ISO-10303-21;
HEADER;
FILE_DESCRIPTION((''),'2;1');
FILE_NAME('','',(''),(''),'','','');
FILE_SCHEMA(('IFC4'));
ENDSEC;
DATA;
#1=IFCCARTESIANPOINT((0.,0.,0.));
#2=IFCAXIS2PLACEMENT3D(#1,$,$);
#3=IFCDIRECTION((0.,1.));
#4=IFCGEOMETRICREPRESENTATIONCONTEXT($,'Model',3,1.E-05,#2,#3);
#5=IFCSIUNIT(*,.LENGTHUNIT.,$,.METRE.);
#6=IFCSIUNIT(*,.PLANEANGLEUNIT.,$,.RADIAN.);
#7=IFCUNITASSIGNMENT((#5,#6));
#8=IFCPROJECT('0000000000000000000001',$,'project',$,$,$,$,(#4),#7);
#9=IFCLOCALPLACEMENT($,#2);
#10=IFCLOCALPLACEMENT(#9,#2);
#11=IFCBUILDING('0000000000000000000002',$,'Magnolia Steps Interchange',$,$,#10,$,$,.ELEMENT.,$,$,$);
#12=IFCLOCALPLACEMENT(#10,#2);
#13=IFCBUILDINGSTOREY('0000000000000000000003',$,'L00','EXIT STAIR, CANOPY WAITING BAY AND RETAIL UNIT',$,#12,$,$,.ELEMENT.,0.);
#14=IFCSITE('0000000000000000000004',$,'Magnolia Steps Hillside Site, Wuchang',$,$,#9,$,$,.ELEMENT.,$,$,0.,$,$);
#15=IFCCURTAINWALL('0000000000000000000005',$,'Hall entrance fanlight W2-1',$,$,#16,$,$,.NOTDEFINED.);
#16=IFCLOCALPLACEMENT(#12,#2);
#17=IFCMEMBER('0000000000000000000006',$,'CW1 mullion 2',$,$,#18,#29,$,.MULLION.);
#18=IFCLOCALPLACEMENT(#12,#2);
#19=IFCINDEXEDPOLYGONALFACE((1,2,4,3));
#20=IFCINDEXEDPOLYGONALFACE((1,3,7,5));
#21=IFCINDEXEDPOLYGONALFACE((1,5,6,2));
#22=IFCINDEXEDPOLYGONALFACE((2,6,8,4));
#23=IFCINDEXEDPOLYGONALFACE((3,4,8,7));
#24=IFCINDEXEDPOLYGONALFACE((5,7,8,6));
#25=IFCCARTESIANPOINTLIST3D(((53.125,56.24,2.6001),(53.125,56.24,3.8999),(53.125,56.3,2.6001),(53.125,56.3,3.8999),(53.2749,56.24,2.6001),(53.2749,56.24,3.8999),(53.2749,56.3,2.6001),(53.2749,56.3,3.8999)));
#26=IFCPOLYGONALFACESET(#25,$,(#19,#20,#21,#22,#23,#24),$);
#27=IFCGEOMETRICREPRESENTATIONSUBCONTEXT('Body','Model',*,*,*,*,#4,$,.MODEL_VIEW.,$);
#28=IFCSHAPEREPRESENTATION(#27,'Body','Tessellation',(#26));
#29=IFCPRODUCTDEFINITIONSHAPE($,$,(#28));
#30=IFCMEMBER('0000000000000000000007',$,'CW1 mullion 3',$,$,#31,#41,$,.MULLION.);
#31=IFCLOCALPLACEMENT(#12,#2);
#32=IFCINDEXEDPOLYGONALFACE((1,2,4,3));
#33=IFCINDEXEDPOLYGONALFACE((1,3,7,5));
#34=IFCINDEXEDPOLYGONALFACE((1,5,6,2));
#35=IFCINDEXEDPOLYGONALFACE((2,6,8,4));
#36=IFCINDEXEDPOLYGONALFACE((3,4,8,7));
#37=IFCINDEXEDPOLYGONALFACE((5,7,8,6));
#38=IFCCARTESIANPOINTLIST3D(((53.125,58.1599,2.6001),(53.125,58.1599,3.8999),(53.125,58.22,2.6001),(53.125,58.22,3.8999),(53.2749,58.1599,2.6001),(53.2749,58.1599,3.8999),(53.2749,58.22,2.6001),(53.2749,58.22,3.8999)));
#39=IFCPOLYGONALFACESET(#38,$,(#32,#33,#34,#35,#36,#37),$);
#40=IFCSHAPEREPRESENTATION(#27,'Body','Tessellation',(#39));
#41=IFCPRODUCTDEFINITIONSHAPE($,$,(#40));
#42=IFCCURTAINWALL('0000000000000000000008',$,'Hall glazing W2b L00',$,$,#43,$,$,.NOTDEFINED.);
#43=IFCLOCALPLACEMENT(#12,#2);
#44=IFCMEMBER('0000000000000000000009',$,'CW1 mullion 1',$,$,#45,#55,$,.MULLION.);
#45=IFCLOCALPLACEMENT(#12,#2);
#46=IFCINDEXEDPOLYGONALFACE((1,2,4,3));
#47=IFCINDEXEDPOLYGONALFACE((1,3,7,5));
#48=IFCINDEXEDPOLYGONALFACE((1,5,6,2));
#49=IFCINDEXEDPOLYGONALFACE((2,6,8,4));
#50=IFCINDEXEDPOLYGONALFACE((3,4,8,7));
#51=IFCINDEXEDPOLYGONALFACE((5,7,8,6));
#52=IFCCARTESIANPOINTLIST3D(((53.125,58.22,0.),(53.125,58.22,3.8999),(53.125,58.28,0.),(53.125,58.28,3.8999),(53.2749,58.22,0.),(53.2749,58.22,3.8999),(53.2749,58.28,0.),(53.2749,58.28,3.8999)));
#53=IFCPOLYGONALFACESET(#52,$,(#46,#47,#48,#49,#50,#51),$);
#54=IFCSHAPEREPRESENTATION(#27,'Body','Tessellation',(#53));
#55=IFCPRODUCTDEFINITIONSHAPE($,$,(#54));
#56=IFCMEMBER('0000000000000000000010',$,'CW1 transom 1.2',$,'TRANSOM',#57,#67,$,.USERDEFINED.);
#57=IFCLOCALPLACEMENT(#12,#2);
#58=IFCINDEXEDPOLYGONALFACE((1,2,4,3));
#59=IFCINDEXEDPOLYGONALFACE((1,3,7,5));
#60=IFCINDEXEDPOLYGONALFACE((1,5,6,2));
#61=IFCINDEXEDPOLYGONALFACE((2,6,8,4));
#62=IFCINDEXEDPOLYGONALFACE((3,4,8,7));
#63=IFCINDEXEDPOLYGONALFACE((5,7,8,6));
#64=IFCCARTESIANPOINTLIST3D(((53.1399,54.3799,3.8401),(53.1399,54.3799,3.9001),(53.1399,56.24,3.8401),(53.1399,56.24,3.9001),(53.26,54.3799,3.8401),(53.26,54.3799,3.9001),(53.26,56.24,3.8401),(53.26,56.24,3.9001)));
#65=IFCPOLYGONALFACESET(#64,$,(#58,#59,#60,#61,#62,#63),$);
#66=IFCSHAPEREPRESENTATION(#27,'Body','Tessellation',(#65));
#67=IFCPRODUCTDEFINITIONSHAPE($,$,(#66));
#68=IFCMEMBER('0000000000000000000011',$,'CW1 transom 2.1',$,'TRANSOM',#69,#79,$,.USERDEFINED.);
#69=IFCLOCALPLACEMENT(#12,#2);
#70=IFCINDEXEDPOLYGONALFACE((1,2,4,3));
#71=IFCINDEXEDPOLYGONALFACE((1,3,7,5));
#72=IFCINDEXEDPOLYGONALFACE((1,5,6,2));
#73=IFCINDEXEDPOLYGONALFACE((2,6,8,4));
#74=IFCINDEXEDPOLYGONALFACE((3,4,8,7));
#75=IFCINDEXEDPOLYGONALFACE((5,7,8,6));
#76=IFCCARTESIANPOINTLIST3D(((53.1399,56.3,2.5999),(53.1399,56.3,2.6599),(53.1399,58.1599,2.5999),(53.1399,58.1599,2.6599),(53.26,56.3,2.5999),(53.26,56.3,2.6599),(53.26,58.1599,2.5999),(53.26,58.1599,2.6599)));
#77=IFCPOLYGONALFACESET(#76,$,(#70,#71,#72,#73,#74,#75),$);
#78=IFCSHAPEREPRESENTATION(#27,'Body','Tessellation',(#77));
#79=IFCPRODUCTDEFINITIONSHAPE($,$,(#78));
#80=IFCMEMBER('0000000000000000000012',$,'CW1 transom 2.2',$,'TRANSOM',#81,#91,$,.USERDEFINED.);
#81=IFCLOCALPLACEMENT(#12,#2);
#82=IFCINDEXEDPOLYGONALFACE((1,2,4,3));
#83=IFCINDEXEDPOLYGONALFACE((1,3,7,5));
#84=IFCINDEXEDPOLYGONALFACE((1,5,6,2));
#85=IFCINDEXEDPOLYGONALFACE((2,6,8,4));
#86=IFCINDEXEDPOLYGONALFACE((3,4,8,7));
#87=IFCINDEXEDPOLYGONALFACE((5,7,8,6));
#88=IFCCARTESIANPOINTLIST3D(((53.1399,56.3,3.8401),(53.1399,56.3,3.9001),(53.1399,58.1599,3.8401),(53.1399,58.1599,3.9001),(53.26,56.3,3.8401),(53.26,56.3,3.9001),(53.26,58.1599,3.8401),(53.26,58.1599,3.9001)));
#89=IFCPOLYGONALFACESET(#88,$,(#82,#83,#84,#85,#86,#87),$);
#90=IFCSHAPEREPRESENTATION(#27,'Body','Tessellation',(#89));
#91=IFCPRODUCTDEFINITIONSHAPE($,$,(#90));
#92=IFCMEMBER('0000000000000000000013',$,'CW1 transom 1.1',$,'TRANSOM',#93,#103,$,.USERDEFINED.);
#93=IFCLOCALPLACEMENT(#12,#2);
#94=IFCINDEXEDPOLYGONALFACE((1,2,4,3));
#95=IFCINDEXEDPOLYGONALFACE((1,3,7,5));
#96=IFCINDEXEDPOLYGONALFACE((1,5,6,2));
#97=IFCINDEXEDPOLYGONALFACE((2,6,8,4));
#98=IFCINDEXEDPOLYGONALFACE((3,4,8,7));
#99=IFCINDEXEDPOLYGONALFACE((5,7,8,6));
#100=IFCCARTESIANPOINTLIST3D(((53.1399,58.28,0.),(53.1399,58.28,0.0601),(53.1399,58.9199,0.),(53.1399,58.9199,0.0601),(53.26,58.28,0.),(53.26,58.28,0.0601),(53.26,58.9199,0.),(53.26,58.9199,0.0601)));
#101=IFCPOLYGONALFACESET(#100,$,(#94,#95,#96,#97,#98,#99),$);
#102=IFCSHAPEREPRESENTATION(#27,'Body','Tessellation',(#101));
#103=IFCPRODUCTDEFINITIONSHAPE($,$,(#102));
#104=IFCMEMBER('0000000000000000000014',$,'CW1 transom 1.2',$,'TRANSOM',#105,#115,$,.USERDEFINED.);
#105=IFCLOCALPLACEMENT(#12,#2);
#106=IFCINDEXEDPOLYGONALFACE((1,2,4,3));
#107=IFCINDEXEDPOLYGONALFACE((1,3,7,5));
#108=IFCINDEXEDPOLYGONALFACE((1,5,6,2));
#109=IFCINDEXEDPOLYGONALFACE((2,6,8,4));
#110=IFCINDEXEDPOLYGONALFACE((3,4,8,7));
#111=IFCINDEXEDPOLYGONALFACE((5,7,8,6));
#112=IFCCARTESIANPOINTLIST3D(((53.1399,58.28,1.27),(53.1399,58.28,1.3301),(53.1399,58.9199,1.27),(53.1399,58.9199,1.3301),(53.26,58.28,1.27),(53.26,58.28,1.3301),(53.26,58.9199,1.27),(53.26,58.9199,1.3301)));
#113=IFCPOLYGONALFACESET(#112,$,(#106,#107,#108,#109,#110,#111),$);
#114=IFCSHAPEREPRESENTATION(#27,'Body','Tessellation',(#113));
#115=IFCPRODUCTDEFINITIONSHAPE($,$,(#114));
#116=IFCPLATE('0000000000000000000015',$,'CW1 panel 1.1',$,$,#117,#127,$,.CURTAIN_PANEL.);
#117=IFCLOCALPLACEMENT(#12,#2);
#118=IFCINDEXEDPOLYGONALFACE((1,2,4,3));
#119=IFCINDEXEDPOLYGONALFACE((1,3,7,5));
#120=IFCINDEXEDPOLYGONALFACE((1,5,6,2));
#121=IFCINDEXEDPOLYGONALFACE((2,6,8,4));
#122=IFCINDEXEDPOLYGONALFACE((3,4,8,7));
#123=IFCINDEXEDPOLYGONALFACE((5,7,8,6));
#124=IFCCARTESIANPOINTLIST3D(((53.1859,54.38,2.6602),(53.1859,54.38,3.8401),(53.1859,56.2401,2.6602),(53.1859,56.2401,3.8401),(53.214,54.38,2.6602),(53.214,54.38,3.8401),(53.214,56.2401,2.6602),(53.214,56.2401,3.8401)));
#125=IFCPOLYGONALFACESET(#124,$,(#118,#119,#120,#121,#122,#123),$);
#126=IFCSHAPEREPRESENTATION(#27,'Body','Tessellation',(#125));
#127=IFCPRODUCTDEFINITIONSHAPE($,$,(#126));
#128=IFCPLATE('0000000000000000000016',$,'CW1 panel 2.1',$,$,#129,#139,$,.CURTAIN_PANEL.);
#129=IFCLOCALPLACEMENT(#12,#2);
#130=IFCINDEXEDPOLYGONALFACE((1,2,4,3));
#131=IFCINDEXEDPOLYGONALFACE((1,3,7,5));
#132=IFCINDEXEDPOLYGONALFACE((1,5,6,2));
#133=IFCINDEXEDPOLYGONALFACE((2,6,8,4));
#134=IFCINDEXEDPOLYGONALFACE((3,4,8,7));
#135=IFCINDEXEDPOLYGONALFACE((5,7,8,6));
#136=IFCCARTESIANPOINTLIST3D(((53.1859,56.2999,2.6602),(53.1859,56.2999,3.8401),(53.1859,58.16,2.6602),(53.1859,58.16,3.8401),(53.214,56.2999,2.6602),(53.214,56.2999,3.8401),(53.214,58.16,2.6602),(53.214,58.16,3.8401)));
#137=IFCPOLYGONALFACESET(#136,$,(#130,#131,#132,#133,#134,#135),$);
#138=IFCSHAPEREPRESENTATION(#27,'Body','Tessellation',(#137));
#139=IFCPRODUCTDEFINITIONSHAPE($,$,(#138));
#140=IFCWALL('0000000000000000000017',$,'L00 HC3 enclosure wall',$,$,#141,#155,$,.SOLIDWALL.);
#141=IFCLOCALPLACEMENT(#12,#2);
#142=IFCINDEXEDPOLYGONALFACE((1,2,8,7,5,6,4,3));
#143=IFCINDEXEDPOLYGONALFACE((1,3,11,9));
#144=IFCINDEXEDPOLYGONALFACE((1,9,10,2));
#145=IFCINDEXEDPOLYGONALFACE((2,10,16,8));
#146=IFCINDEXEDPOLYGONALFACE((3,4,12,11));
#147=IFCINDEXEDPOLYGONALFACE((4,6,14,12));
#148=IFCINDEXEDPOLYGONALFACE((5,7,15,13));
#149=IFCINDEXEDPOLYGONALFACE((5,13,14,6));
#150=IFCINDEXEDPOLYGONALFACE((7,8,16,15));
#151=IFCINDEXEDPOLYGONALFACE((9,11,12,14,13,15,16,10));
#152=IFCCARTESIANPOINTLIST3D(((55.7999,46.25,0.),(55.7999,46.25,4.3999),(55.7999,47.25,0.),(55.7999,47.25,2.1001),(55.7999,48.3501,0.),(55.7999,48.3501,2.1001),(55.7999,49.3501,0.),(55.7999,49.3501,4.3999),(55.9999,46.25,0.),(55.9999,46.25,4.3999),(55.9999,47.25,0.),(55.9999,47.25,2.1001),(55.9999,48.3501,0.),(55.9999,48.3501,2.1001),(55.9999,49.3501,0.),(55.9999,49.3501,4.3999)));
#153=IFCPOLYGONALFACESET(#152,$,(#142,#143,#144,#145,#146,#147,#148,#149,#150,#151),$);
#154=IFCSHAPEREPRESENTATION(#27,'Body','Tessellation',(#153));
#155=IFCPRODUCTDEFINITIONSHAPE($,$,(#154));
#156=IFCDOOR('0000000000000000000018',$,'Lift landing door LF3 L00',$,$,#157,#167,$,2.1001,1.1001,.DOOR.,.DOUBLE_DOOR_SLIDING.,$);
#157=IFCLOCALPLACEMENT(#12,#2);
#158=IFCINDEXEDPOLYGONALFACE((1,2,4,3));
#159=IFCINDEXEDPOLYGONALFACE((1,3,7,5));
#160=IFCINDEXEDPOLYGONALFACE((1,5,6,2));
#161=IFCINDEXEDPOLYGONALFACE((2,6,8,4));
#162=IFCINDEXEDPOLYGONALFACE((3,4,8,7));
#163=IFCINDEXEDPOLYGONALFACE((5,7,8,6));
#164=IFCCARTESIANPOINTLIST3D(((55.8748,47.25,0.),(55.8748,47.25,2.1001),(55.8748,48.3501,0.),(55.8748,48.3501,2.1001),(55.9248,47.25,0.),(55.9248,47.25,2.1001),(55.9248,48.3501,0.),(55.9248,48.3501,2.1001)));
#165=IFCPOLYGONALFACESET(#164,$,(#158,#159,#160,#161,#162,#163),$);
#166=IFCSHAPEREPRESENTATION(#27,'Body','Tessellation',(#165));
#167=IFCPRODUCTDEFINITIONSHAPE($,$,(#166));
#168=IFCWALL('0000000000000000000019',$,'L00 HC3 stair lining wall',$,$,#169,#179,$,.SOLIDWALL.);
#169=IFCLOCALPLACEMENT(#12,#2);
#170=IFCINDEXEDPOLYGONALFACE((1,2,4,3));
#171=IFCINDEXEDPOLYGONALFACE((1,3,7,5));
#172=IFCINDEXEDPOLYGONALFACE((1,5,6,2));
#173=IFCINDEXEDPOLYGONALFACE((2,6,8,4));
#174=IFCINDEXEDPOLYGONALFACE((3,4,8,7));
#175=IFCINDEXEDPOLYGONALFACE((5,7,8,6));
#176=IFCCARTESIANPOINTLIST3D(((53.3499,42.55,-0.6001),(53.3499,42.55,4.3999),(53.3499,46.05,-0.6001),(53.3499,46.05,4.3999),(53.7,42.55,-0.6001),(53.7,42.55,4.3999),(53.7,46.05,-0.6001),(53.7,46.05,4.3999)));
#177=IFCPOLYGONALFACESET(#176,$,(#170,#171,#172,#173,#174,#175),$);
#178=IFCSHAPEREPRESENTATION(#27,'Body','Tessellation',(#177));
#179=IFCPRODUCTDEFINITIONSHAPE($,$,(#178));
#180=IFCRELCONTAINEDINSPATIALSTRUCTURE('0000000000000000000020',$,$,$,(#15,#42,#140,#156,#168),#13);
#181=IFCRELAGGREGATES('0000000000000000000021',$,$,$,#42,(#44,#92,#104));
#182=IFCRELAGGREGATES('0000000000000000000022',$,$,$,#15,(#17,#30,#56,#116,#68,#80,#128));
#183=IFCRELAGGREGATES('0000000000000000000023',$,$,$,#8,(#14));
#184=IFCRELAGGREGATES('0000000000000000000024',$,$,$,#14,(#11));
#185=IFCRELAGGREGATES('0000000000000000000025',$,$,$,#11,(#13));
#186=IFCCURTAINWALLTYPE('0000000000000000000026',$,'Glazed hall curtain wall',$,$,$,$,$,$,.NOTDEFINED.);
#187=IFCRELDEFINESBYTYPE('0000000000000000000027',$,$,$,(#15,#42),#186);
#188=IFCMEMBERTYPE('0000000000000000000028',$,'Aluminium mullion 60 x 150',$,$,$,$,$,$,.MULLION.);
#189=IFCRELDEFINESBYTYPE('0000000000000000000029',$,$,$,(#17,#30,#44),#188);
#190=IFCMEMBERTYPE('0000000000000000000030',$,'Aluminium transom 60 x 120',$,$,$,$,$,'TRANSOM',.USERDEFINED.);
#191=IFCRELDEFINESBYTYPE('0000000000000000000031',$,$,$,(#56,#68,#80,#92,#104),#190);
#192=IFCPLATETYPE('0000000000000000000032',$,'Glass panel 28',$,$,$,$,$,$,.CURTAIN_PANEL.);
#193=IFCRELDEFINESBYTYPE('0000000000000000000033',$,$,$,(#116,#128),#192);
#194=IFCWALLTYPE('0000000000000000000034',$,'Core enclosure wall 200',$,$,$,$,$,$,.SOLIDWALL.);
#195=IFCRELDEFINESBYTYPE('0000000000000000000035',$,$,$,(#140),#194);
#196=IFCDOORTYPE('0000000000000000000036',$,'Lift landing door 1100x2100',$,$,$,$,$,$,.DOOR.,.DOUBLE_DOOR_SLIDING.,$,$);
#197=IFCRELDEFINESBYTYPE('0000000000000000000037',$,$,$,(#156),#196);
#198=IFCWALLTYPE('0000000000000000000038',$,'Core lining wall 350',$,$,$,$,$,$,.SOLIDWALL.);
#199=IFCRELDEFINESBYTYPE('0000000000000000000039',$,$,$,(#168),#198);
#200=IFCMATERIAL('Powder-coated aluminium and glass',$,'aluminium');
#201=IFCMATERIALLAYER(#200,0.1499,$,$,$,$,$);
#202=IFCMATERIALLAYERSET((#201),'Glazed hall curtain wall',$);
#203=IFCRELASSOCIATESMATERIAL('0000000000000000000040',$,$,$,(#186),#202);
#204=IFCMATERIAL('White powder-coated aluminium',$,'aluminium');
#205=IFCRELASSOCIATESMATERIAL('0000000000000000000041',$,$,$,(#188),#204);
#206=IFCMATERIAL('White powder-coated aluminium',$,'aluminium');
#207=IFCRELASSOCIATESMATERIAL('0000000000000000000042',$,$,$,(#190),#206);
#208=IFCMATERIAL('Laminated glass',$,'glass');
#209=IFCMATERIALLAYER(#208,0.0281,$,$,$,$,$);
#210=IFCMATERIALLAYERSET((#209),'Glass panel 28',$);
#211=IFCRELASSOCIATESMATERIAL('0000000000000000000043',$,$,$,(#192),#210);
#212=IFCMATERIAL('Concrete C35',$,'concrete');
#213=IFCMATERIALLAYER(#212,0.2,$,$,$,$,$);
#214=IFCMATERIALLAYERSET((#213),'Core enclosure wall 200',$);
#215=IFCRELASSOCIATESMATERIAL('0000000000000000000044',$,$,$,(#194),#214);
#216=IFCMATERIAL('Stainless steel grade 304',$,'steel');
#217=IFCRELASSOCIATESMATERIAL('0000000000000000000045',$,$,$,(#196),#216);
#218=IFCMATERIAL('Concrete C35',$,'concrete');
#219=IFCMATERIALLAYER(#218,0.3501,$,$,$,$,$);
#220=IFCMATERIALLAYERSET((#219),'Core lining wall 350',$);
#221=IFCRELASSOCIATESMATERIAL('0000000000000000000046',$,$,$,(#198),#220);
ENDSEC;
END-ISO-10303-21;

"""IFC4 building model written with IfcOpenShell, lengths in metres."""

from ifc_helpers import new_model, si_unit, direction, frame, frame_2d, origin, origin_2d, place, context, subcontext, project, spatial, rectangle, extrude, material, layer, layer_set, material_profile, profile_set, type_object, element, fill, aggregate, save


model = new_model("IFC4")

# Units and contexts
model_context = context("Model", 3, precision=1e-05, world=origin(), true_north=direction((0.0, 1.0)))
body_context = subcontext(model_context, "Body", "Model", "MODEL_VIEW")
ifc_project = project(units=[si_unit("LENGTHUNIT", "METRE"), si_unit("PLANEANGLEUNIT", "RADIAN")], contexts=[model_context])

# Site, building, storey
site_placement = place(None, origin())
site = spatial("IfcSite", under=ifc_project, at=site_placement, Name="Magnolia Steps Hillside Site, Wuchang", CompositionType="ELEMENT", RefElevation=0.0)
building_placement = place(site_placement, origin())
building = spatial("IfcBuilding", under=site, at=building_placement, Name="Magnolia Steps Interchange", CompositionType="ELEMENT")
storey_placement = place(building_placement, origin())
storey = spatial("IfcBuildingStorey", under=building, at=storey_placement, Name="L00", Description="EXIT STAIR, CANOPY WAITING BAY AND RETAIL UNIT", CompositionType="ELEMENT", Elevation=0.0)

# Curtain wall, members
ifc_material_1 = material(Name="Powder-coated aluminium and glass", Category="aluminium")
ifc_layer_1 = layer(ifc_material_1, 0.1499)
ifc_layer_set_1 = layer_set([ifc_layer_1], Name="Glazed hall curtain wall")
curtain_wall_type = type_object("IfcCurtainWallType", Name="Glazed hall curtain wall", PredefinedType="NOTDEFINED", material=ifc_layer_set_1)
curtain_wall_1_placement = place(storey_placement, origin())
curtain_wall_1 = element("IfcCurtainWall", 1, at=curtain_wall_1_placement, inside=storey, type_object=curtain_wall_type, Name="Hall entrance fanlight W2-1", PredefinedType="NOTDEFINED")
ifc_material_2 = material(Name="White powder-coated aluminium", Category="aluminium")
ifc_material_profile_1 = material_profile(ifc_material_2, rectangle(XDim=0.0601, YDim=0.1499, at=origin_2d()), Name="Aluminium mullion 60 x 150")
ifc_profile_set_1 = profile_set([ifc_material_profile_1], Name="White powder-coated aluminium")
member_type_1 = type_object("IfcMemberType", Name="Aluminium mullion 60 x 150", PredefinedType="MULLION", material=ifc_profile_set_1)
member_1_placement = place(storey_placement, frame((53.2, 56.27, 2.6001), z_axis=(0.0, 0.0, 1.0), x_axis=(0.0, 1.0, 0.0)))
member_1 = element("IfcMember", 2, at=member_1_placement, type_object=member_type_1, Name="CW1 mullion 2", PredefinedType="MULLION", context=body_context, shape_type="SweptSolid", body=[
    extrude(rectangle(XDim=0.0601, YDim=0.1499, at=origin_2d()), origin(), (0.0, 0.0, 1.0), 1.2998),
])
member_2_placement = place(storey_placement, frame((53.2, 58.1899, 2.6001), z_axis=(0.0, 0.0, 1.0), x_axis=(0.0, 1.0, 0.0)))
member_2 = element("IfcMember", 3, at=member_2_placement, type_object=member_type_1, Name="CW1 mullion 3", PredefinedType="MULLION", context=body_context, shape_type="SweptSolid", body=[
    extrude(rectangle(XDim=0.0601, YDim=0.1499, at=origin_2d()), origin(), (0.0, 0.0, 1.0), 1.2998),
])

# Curtain wall, member
curtain_wall_2_placement = place(storey_placement, origin())
curtain_wall_2 = element("IfcCurtainWall", 4, at=curtain_wall_2_placement, inside=storey, type_object=curtain_wall_type, Name="Hall glazing W2b L00", PredefinedType="NOTDEFINED")
member_3_placement = place(storey_placement, frame((53.2, 58.25, 0.0), z_axis=(0.0, 0.0, 1.0), x_axis=(0.0, 1.0, 0.0)))
member_3 = element("IfcMember", 5, at=member_3_placement, type_object=member_type_1, Name="CW1 mullion 1", PredefinedType="MULLION", context=body_context, shape_type="SweptSolid", body=[
    extrude(rectangle(XDim=0.0601, YDim=0.1499, at=origin_2d()), origin(), (0.0, 0.0, 1.0), 3.8999),
])

# Members
ifc_material_3 = material(Name="White powder-coated aluminium", Category="aluminium")
ifc_material_profile_2 = material_profile(ifc_material_3, rectangle(XDim=0.0601, YDim=0.1201, at=origin_2d()), Name="Aluminium transom 60 x 120")
ifc_profile_set_2 = profile_set([ifc_material_profile_2], Name="White powder-coated aluminium")
member_type_2 = type_object("IfcMemberType", Name="Aluminium transom 60 x 120", ElementType="TRANSOM", PredefinedType="USERDEFINED", material=ifc_profile_set_2)
member_4_placement = place(storey_placement, frame((53.2, 54.3799, 3.8701), z_axis=(0.0, 1.0, 0.0), x_axis=(0.0, 0.0, 1.0)))
member_4 = element("IfcMember", 6, at=member_4_placement, type_object=member_type_2, Name="CW1 transom 1.2", ObjectType="TRANSOM", PredefinedType="USERDEFINED", context=body_context, shape_type="SweptSolid", body=[
    extrude(rectangle(XDim=0.0601, YDim=0.1201, at=origin_2d()), origin(), (0.0, 0.0, 1.0), 1.8601),
])
member_5_placement = place(storey_placement, frame((53.2, 56.3, 2.6299), z_axis=(0.0, 1.0, 0.0), x_axis=(0.0, 0.0, 1.0)))
member_5 = element("IfcMember", 7, at=member_5_placement, type_object=member_type_2, Name="CW1 transom 2.1", ObjectType="TRANSOM", PredefinedType="USERDEFINED", context=body_context, shape_type="SweptSolid", body=[
    extrude(rectangle(XDim=0.0601, YDim=0.1201, at=origin_2d()), origin(), (0.0, 0.0, 1.0), 1.8599),
])
member_6_placement = place(storey_placement, frame((53.2, 56.3, 3.8701), z_axis=(0.0, 1.0, 0.0), x_axis=(0.0, 0.0, 1.0)))
member_6 = element("IfcMember", 8, at=member_6_placement, type_object=member_type_2, Name="CW1 transom 2.2", ObjectType="TRANSOM", PredefinedType="USERDEFINED", context=body_context, shape_type="SweptSolid", body=[
    extrude(rectangle(XDim=0.0601, YDim=0.1201, at=origin_2d()), origin(), (0.0, 0.0, 1.0), 1.8599),
])
member_7_placement = place(storey_placement, frame((53.2, 58.28, 0.03), z_axis=(0.0, 1.0, 0.0), x_axis=(0.0, 0.0, 1.0)))
member_7 = element("IfcMember", 9, at=member_7_placement, type_object=member_type_2, Name="CW1 transom 1.1", ObjectType="TRANSOM", PredefinedType="USERDEFINED", context=body_context, shape_type="SweptSolid", body=[
    extrude(rectangle(XDim=0.0601, YDim=0.1201, at=origin_2d()), origin(), (0.0, 0.0, 1.0), 0.6399),
])
member_8_placement = place(storey_placement, frame((53.2, 58.28, 1.3), z_axis=(0.0, 1.0, 0.0), x_axis=(0.0, 0.0, 1.0)))
member_8 = element("IfcMember", 10, at=member_8_placement, type_object=member_type_2, Name="CW1 transom 1.2", ObjectType="TRANSOM", PredefinedType="USERDEFINED", context=body_context, shape_type="SweptSolid", body=[
    extrude(rectangle(XDim=0.0601, YDim=0.1201, at=origin_2d()), origin(), (0.0, 0.0, 1.0), 0.6399),
])
aggregate(curtain_wall_2, [member_3, member_7, member_8])

# Plates
ifc_material_4 = material(Name="Laminated glass", Category="glass")
ifc_layer_2 = layer(ifc_material_4, 0.0281)
ifc_layer_set_2 = layer_set([ifc_layer_2], Name="Glass panel 28")
plate_type = type_object("IfcPlateType", Name="Glass panel 28", PredefinedType="CURTAIN_PANEL", material=ifc_layer_set_2)
plate_1_placement = place(storey_placement, frame((53.2, 55.3101, 2.6602), z_axis=(0.0, 0.0, 1.0), x_axis=(0.0, 1.0, 0.0)))
plate_1 = element("IfcPlate", 11, at=plate_1_placement, type_object=plate_type, Name="CW1 panel 1.1", PredefinedType="CURTAIN_PANEL", context=body_context, shape_type="SweptSolid", body=[
    extrude(rectangle(XDim=1.8601, YDim=0.0281, at=origin_2d()), origin(), (0.0, 0.0, 1.0), 1.1799),
])
plate_2_placement = place(storey_placement, frame((53.2, 57.23, 2.6602), z_axis=(0.0, 0.0, 1.0), x_axis=(0.0, 1.0, 0.0)))
plate_2 = element("IfcPlate", 12, at=plate_2_placement, type_object=plate_type, Name="CW1 panel 2.1", PredefinedType="CURTAIN_PANEL", context=body_context, shape_type="SweptSolid", body=[
    extrude(rectangle(XDim=1.8601, YDim=0.0281, at=origin_2d()), origin(), (0.0, 0.0, 1.0), 1.1799),
])
aggregate(curtain_wall_1, [member_1, member_2, member_4, plate_1, member_5, member_6, plate_2])

# Wall, opening, door
ifc_material_5 = material(Name="Concrete C35", Category="concrete")
ifc_layer_3 = layer(ifc_material_5, 0.2)
ifc_layer_set_3 = layer_set([ifc_layer_3], Name="Core enclosure wall 200")
wall_type_1 = type_object("IfcWallType", Name="Core enclosure wall 200", PredefinedType="SOLIDWALL", material=ifc_layer_set_3)
wall_1_placement = place(storey_placement, frame((55.8999, 46.25, 0.0), z_axis=(0.0, 0.0, 1.0), x_axis=(0.0, 1.0, 0.0)))
wall_1 = element("IfcWall", 13, at=wall_1_placement, inside=storey, type_object=wall_type_1, Name="L00 HC3 enclosure wall", PredefinedType="SOLIDWALL", context=body_context, shape_type="SweptSolid", body=[
    extrude(rectangle(XDim=3.1001, YDim=0.2, at=frame_2d((1.55, 0.0))), origin(), (0.0, 0.0, 1.0), 4.3999),
])
opening_1_placement = place(wall_1_placement, frame((1.0, 0.0, 0.0)))
opening_1 = element("IfcOpeningElement", 14, at=opening_1_placement, cuts=wall_1, PredefinedType="OPENING", context=body_context, shape_type="SweptSolid", body=[
    extrude(rectangle(XDim=1.1001, YDim=2.1001, at=frame_2d((0.55, 1.05))), frame((0.0, 0.1099, 0.0), z_axis=(0.0, -1.0, 0.0), x_axis=(1.0, 0.0, 0.0)), (0.0, 0.0, 1.0), 0.22),
])
ifc_material_6 = material(Name="Stainless steel grade 304", Category="steel")
door_type_1 = type_object("IfcDoorType", Name="Lift landing door 1100x2100", OperationType="DOUBLE_DOOR_SLIDING", PredefinedType="DOOR", material=ifc_material_6)
door_1_placement = place(opening_1_placement, frame((1.1001, 0.0, 0.0), z_axis=(0.0, 0.0, 1.0), x_axis=(-1.0, 0.0, 0.0)))
door_1 = element("IfcDoor", 15, at=door_1_placement, inside=storey, type_object=door_type_1, Name="Lift landing door LF3 L00", OperationType="DOUBLE_DOOR_SLIDING", OverallHeight=2.1001, OverallWidth=1.1001, PredefinedType="DOOR", context=body_context, shape_type="SweptSolid", body=[
    extrude(rectangle(XDim=1.1001, YDim=2.1001, at=frame_2d((0.55, 1.05))), frame((0.0, 0.0249, 0.0), z_axis=(0.0, -1.0, 0.0), x_axis=(1.0, 0.0, 0.0)), (0.0, 0.0, 1.0), 0.05),
])
fill(opening_1, door_1)

# Wall
ifc_material_7 = material(Name="Concrete C35", Category="concrete")
ifc_layer_4 = layer(ifc_material_7, 0.3501)
ifc_layer_set_4 = layer_set([ifc_layer_4], Name="Core lining wall 350")
wall_type_2 = type_object("IfcWallType", Name="Core lining wall 350", PredefinedType="SOLIDWALL", material=ifc_layer_set_4)
for number, where, z_axis, x_axis, name in (
    (16, (53.5249, 42.55, -0.6001), (0.0, 0.0, 1.0), (0.0, 1.0, 0.0), "L00 HC3 stair lining wall"),
):
    element("IfcWall", number, at=place(storey_placement, frame(where, z_axis=z_axis, x_axis=x_axis)), inside=storey, type_object=wall_type_2, Name=name, PredefinedType="SOLIDWALL", context=body_context, shape_type="SweptSolid", body=[
        extrude(rectangle(XDim=3.5, YDim=0.3501, at=frame_2d((1.75, 0.0))), origin(), (0.0, 0.0, 1.0), 5.0),
    ])

save(model, "model.ifc")
